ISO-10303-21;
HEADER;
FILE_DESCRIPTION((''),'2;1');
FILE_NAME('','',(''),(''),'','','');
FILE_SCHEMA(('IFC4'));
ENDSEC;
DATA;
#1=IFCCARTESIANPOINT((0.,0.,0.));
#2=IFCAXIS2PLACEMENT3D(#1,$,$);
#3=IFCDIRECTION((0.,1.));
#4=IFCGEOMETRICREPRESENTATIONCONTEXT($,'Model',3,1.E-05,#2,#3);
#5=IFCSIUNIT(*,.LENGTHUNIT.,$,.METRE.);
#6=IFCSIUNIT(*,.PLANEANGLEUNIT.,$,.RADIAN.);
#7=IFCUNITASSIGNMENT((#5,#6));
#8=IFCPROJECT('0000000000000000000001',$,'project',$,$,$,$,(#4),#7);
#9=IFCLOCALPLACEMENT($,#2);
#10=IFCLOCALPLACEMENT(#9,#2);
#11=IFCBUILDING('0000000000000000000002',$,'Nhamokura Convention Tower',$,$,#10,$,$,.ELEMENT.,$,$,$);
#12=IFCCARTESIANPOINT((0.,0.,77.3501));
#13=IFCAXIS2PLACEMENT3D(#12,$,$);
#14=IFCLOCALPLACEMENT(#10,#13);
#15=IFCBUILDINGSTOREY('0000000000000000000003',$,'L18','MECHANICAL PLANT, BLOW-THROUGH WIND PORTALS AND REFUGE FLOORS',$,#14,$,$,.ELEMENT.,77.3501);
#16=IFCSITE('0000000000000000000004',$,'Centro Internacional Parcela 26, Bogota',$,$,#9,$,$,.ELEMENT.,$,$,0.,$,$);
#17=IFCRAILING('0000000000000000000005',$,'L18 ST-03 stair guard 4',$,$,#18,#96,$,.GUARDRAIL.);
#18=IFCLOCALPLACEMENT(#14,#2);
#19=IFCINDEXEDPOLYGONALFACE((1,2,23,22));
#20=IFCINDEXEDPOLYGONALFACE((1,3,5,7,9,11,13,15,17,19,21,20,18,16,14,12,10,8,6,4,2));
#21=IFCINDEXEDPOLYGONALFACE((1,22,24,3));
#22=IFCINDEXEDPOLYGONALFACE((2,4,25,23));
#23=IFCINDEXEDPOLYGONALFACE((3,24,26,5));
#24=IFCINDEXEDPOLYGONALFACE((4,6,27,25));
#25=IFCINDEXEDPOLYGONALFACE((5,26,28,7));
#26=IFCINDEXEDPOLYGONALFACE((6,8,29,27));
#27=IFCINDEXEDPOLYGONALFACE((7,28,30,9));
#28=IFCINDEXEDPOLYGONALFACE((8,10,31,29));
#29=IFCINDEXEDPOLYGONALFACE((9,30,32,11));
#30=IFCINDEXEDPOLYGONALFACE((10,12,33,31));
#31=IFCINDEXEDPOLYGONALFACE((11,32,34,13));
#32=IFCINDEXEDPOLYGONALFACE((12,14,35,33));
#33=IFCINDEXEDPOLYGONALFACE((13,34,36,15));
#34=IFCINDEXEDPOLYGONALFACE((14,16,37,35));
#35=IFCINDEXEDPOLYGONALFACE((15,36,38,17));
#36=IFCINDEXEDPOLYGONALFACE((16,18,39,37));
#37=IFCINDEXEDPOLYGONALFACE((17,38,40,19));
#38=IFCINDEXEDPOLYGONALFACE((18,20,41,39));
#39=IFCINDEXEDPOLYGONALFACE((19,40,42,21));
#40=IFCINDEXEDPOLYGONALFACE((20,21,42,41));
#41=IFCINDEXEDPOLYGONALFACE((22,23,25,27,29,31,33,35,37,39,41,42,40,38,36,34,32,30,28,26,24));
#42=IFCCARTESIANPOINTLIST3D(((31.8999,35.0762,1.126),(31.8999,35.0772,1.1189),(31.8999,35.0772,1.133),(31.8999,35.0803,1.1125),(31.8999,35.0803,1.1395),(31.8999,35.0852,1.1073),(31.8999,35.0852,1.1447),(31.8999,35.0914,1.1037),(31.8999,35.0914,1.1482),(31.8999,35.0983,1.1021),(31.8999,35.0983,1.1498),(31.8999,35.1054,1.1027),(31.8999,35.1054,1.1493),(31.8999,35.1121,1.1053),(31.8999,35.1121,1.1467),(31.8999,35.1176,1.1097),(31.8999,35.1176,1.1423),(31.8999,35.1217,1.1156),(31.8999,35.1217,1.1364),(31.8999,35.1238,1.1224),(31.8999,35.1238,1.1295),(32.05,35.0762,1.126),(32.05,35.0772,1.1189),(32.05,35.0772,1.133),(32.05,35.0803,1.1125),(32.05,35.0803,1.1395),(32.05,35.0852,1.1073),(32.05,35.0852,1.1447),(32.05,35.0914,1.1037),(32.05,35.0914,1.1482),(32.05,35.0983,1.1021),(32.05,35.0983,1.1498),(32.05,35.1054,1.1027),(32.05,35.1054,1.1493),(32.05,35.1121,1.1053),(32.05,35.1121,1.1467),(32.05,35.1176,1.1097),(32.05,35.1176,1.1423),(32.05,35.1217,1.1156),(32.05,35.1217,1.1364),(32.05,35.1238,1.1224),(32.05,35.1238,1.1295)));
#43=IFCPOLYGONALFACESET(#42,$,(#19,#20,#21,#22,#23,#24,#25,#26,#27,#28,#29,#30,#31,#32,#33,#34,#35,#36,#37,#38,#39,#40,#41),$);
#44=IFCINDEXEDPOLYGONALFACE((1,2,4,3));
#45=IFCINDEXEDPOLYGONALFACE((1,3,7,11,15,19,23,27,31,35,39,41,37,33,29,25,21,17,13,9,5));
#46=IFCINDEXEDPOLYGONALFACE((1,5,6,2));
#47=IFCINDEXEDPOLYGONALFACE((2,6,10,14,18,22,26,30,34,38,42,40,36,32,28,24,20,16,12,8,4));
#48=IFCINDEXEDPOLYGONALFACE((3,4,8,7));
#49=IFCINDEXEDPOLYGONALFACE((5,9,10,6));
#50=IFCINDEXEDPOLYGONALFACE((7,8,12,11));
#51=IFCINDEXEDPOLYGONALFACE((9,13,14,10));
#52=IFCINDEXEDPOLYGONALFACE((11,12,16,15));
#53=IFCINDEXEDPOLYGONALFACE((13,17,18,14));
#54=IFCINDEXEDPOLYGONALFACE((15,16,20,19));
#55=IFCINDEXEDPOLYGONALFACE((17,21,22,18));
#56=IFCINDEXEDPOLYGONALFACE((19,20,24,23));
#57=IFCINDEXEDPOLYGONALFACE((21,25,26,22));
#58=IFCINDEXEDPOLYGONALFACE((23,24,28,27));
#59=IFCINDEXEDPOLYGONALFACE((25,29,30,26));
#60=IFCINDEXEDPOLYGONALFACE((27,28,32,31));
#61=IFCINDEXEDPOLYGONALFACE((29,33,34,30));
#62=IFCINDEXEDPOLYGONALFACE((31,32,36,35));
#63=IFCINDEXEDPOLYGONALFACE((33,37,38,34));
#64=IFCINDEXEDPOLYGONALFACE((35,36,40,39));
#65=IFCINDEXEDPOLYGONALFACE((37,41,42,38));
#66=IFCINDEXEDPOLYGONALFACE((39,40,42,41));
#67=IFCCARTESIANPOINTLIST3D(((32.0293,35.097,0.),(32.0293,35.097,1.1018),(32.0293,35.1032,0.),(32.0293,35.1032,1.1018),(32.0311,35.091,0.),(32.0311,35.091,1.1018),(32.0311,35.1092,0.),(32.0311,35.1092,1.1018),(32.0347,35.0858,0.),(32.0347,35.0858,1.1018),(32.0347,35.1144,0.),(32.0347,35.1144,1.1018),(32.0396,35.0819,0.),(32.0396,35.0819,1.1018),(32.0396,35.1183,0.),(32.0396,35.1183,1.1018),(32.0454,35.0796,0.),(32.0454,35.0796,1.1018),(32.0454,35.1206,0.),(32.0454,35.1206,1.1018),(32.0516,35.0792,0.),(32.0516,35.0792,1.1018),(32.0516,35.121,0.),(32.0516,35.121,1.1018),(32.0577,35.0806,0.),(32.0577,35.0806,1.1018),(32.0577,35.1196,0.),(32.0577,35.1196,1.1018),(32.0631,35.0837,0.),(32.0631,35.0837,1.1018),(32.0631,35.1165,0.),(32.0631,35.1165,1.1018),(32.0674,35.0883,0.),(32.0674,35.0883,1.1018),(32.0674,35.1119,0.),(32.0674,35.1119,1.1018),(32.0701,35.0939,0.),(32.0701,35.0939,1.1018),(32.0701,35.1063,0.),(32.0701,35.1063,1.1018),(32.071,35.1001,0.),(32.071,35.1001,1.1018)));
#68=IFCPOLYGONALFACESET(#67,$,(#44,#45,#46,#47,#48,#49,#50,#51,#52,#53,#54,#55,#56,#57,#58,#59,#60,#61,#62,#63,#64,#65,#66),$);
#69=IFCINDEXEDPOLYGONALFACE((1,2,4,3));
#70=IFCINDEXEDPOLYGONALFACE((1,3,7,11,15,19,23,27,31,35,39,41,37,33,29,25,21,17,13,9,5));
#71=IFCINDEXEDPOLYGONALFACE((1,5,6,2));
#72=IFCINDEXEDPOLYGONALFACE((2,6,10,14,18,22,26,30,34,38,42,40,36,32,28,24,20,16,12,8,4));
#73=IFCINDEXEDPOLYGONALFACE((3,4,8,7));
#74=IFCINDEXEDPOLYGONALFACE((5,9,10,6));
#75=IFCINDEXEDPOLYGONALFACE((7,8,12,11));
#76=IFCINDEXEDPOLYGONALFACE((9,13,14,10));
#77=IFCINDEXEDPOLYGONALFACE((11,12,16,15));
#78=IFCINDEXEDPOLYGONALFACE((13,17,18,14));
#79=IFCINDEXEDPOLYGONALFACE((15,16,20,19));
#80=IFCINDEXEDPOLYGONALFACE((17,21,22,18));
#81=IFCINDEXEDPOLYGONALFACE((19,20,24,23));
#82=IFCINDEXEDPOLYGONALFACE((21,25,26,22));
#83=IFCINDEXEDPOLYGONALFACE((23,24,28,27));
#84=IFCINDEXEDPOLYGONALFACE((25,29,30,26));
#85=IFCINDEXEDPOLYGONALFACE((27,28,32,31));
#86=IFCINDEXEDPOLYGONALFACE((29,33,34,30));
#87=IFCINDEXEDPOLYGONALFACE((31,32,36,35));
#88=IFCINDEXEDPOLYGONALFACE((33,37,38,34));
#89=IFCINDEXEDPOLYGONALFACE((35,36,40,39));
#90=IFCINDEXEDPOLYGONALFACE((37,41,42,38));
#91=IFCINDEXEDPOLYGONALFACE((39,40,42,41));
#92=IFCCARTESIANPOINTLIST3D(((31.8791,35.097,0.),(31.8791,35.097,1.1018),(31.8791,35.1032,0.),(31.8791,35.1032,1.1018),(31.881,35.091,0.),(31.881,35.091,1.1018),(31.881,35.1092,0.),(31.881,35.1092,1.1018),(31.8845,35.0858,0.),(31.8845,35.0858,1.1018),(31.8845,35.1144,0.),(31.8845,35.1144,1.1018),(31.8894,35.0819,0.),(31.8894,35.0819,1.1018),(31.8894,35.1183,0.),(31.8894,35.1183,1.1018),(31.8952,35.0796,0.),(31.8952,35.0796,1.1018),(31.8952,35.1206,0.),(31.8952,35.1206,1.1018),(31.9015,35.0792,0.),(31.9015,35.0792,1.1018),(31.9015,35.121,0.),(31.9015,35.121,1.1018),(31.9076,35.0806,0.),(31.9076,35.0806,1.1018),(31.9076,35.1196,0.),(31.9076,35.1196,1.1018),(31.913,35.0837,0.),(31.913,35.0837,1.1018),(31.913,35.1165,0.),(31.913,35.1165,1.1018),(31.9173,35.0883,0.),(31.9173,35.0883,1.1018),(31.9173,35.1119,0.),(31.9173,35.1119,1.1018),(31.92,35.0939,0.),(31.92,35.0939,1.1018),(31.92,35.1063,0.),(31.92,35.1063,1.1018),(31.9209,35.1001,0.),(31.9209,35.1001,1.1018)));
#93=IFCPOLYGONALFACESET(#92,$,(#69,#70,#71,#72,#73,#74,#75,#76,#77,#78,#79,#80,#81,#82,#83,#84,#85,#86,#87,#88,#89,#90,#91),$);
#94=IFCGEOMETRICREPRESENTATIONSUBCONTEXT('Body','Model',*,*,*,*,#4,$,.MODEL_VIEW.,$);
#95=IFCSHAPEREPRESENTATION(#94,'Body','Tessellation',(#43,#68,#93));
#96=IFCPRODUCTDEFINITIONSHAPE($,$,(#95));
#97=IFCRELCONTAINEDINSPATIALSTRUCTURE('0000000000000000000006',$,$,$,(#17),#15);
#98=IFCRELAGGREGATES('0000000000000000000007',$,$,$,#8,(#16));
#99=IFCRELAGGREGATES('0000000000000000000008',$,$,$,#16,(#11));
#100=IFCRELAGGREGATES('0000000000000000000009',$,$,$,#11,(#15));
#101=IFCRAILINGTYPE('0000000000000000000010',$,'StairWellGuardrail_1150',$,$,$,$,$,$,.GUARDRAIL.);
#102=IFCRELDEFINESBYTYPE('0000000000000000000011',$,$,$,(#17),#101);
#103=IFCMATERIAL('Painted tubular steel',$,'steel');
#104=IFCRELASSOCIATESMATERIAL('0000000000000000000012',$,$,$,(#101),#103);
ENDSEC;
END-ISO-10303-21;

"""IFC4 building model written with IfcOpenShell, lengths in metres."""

from ifc_helpers import new_model, si_unit, direction, frame, origin, origin_2d, place, context, subcontext, project, spatial, circle, extrude, material, type_object, element, save


model = new_model("IFC4")

# Units and contexts
model_context = context("Model", 3, precision=1e-05, world=origin(), true_north=direction((0.0, 1.0)))
body_context = subcontext(model_context, "Body", "Model", "MODEL_VIEW")
ifc_project = project(units=[si_unit("LENGTHUNIT", "METRE"), si_unit("PLANEANGLEUNIT", "RADIAN")], contexts=[model_context])

# Site, building, storey
site_placement = place(None, origin())
site = spatial("IfcSite", under=ifc_project, at=site_placement, Name="Centro Internacional Parcela 26, Bogota", CompositionType="ELEMENT", RefElevation=0.0)
building_placement = place(site_placement, origin())
building = spatial("IfcBuilding", under=site, at=building_placement, Name="Nhamokura Convention Tower", CompositionType="ELEMENT")
storey_placement = place(building_placement, frame((0.0, 0.0, 77.3501)))
storey = spatial("IfcBuildingStorey", under=building, at=storey_placement, Name="L18", Description="MECHANICAL PLANT, BLOW-THROUGH WIND PORTALS AND REFUGE FLOORS", CompositionType="ELEMENT", Elevation=77.3501)

# Railing
ifc_material_1 = material(Name="Painted tubular steel", Category="steel")
railing_type_1 = type_object("IfcRailingType", Name="StairWellGuardrail_1150", PredefinedType="GUARDRAIL", material=ifc_material_1)
railing_1_placement = place(storey_placement, frame((32.05, 35.1001, 0.0)))
element("IfcRailing", 1, at=railing_1_placement, inside=storey, type_object=railing_type_1, Name="L18 ST-03 stair guard 4", PredefinedType="GUARDRAIL", context=body_context, shape_type="SweptSolid", body=[
    extrude(circle(Radius=0.0239, at=origin_2d()), frame((0.0, 0.0, 1.126), z_axis=(-1.0, 0.0, 0.0), x_axis=(0.0, -1.0, 0.0)), (0.0, 0.0, 1.0), 0.1501),
    extrude(circle(Radius=0.021, at=origin_2d()), origin(), (0.0, 0.0, 1.0), 1.1018),
    extrude(circle(Radius=0.021, at=origin_2d()), frame((-0.1501, 0.0, 0.0)), (0.0, 0.0, 1.0), 1.1018),
])

save(model, "model.ifc")
